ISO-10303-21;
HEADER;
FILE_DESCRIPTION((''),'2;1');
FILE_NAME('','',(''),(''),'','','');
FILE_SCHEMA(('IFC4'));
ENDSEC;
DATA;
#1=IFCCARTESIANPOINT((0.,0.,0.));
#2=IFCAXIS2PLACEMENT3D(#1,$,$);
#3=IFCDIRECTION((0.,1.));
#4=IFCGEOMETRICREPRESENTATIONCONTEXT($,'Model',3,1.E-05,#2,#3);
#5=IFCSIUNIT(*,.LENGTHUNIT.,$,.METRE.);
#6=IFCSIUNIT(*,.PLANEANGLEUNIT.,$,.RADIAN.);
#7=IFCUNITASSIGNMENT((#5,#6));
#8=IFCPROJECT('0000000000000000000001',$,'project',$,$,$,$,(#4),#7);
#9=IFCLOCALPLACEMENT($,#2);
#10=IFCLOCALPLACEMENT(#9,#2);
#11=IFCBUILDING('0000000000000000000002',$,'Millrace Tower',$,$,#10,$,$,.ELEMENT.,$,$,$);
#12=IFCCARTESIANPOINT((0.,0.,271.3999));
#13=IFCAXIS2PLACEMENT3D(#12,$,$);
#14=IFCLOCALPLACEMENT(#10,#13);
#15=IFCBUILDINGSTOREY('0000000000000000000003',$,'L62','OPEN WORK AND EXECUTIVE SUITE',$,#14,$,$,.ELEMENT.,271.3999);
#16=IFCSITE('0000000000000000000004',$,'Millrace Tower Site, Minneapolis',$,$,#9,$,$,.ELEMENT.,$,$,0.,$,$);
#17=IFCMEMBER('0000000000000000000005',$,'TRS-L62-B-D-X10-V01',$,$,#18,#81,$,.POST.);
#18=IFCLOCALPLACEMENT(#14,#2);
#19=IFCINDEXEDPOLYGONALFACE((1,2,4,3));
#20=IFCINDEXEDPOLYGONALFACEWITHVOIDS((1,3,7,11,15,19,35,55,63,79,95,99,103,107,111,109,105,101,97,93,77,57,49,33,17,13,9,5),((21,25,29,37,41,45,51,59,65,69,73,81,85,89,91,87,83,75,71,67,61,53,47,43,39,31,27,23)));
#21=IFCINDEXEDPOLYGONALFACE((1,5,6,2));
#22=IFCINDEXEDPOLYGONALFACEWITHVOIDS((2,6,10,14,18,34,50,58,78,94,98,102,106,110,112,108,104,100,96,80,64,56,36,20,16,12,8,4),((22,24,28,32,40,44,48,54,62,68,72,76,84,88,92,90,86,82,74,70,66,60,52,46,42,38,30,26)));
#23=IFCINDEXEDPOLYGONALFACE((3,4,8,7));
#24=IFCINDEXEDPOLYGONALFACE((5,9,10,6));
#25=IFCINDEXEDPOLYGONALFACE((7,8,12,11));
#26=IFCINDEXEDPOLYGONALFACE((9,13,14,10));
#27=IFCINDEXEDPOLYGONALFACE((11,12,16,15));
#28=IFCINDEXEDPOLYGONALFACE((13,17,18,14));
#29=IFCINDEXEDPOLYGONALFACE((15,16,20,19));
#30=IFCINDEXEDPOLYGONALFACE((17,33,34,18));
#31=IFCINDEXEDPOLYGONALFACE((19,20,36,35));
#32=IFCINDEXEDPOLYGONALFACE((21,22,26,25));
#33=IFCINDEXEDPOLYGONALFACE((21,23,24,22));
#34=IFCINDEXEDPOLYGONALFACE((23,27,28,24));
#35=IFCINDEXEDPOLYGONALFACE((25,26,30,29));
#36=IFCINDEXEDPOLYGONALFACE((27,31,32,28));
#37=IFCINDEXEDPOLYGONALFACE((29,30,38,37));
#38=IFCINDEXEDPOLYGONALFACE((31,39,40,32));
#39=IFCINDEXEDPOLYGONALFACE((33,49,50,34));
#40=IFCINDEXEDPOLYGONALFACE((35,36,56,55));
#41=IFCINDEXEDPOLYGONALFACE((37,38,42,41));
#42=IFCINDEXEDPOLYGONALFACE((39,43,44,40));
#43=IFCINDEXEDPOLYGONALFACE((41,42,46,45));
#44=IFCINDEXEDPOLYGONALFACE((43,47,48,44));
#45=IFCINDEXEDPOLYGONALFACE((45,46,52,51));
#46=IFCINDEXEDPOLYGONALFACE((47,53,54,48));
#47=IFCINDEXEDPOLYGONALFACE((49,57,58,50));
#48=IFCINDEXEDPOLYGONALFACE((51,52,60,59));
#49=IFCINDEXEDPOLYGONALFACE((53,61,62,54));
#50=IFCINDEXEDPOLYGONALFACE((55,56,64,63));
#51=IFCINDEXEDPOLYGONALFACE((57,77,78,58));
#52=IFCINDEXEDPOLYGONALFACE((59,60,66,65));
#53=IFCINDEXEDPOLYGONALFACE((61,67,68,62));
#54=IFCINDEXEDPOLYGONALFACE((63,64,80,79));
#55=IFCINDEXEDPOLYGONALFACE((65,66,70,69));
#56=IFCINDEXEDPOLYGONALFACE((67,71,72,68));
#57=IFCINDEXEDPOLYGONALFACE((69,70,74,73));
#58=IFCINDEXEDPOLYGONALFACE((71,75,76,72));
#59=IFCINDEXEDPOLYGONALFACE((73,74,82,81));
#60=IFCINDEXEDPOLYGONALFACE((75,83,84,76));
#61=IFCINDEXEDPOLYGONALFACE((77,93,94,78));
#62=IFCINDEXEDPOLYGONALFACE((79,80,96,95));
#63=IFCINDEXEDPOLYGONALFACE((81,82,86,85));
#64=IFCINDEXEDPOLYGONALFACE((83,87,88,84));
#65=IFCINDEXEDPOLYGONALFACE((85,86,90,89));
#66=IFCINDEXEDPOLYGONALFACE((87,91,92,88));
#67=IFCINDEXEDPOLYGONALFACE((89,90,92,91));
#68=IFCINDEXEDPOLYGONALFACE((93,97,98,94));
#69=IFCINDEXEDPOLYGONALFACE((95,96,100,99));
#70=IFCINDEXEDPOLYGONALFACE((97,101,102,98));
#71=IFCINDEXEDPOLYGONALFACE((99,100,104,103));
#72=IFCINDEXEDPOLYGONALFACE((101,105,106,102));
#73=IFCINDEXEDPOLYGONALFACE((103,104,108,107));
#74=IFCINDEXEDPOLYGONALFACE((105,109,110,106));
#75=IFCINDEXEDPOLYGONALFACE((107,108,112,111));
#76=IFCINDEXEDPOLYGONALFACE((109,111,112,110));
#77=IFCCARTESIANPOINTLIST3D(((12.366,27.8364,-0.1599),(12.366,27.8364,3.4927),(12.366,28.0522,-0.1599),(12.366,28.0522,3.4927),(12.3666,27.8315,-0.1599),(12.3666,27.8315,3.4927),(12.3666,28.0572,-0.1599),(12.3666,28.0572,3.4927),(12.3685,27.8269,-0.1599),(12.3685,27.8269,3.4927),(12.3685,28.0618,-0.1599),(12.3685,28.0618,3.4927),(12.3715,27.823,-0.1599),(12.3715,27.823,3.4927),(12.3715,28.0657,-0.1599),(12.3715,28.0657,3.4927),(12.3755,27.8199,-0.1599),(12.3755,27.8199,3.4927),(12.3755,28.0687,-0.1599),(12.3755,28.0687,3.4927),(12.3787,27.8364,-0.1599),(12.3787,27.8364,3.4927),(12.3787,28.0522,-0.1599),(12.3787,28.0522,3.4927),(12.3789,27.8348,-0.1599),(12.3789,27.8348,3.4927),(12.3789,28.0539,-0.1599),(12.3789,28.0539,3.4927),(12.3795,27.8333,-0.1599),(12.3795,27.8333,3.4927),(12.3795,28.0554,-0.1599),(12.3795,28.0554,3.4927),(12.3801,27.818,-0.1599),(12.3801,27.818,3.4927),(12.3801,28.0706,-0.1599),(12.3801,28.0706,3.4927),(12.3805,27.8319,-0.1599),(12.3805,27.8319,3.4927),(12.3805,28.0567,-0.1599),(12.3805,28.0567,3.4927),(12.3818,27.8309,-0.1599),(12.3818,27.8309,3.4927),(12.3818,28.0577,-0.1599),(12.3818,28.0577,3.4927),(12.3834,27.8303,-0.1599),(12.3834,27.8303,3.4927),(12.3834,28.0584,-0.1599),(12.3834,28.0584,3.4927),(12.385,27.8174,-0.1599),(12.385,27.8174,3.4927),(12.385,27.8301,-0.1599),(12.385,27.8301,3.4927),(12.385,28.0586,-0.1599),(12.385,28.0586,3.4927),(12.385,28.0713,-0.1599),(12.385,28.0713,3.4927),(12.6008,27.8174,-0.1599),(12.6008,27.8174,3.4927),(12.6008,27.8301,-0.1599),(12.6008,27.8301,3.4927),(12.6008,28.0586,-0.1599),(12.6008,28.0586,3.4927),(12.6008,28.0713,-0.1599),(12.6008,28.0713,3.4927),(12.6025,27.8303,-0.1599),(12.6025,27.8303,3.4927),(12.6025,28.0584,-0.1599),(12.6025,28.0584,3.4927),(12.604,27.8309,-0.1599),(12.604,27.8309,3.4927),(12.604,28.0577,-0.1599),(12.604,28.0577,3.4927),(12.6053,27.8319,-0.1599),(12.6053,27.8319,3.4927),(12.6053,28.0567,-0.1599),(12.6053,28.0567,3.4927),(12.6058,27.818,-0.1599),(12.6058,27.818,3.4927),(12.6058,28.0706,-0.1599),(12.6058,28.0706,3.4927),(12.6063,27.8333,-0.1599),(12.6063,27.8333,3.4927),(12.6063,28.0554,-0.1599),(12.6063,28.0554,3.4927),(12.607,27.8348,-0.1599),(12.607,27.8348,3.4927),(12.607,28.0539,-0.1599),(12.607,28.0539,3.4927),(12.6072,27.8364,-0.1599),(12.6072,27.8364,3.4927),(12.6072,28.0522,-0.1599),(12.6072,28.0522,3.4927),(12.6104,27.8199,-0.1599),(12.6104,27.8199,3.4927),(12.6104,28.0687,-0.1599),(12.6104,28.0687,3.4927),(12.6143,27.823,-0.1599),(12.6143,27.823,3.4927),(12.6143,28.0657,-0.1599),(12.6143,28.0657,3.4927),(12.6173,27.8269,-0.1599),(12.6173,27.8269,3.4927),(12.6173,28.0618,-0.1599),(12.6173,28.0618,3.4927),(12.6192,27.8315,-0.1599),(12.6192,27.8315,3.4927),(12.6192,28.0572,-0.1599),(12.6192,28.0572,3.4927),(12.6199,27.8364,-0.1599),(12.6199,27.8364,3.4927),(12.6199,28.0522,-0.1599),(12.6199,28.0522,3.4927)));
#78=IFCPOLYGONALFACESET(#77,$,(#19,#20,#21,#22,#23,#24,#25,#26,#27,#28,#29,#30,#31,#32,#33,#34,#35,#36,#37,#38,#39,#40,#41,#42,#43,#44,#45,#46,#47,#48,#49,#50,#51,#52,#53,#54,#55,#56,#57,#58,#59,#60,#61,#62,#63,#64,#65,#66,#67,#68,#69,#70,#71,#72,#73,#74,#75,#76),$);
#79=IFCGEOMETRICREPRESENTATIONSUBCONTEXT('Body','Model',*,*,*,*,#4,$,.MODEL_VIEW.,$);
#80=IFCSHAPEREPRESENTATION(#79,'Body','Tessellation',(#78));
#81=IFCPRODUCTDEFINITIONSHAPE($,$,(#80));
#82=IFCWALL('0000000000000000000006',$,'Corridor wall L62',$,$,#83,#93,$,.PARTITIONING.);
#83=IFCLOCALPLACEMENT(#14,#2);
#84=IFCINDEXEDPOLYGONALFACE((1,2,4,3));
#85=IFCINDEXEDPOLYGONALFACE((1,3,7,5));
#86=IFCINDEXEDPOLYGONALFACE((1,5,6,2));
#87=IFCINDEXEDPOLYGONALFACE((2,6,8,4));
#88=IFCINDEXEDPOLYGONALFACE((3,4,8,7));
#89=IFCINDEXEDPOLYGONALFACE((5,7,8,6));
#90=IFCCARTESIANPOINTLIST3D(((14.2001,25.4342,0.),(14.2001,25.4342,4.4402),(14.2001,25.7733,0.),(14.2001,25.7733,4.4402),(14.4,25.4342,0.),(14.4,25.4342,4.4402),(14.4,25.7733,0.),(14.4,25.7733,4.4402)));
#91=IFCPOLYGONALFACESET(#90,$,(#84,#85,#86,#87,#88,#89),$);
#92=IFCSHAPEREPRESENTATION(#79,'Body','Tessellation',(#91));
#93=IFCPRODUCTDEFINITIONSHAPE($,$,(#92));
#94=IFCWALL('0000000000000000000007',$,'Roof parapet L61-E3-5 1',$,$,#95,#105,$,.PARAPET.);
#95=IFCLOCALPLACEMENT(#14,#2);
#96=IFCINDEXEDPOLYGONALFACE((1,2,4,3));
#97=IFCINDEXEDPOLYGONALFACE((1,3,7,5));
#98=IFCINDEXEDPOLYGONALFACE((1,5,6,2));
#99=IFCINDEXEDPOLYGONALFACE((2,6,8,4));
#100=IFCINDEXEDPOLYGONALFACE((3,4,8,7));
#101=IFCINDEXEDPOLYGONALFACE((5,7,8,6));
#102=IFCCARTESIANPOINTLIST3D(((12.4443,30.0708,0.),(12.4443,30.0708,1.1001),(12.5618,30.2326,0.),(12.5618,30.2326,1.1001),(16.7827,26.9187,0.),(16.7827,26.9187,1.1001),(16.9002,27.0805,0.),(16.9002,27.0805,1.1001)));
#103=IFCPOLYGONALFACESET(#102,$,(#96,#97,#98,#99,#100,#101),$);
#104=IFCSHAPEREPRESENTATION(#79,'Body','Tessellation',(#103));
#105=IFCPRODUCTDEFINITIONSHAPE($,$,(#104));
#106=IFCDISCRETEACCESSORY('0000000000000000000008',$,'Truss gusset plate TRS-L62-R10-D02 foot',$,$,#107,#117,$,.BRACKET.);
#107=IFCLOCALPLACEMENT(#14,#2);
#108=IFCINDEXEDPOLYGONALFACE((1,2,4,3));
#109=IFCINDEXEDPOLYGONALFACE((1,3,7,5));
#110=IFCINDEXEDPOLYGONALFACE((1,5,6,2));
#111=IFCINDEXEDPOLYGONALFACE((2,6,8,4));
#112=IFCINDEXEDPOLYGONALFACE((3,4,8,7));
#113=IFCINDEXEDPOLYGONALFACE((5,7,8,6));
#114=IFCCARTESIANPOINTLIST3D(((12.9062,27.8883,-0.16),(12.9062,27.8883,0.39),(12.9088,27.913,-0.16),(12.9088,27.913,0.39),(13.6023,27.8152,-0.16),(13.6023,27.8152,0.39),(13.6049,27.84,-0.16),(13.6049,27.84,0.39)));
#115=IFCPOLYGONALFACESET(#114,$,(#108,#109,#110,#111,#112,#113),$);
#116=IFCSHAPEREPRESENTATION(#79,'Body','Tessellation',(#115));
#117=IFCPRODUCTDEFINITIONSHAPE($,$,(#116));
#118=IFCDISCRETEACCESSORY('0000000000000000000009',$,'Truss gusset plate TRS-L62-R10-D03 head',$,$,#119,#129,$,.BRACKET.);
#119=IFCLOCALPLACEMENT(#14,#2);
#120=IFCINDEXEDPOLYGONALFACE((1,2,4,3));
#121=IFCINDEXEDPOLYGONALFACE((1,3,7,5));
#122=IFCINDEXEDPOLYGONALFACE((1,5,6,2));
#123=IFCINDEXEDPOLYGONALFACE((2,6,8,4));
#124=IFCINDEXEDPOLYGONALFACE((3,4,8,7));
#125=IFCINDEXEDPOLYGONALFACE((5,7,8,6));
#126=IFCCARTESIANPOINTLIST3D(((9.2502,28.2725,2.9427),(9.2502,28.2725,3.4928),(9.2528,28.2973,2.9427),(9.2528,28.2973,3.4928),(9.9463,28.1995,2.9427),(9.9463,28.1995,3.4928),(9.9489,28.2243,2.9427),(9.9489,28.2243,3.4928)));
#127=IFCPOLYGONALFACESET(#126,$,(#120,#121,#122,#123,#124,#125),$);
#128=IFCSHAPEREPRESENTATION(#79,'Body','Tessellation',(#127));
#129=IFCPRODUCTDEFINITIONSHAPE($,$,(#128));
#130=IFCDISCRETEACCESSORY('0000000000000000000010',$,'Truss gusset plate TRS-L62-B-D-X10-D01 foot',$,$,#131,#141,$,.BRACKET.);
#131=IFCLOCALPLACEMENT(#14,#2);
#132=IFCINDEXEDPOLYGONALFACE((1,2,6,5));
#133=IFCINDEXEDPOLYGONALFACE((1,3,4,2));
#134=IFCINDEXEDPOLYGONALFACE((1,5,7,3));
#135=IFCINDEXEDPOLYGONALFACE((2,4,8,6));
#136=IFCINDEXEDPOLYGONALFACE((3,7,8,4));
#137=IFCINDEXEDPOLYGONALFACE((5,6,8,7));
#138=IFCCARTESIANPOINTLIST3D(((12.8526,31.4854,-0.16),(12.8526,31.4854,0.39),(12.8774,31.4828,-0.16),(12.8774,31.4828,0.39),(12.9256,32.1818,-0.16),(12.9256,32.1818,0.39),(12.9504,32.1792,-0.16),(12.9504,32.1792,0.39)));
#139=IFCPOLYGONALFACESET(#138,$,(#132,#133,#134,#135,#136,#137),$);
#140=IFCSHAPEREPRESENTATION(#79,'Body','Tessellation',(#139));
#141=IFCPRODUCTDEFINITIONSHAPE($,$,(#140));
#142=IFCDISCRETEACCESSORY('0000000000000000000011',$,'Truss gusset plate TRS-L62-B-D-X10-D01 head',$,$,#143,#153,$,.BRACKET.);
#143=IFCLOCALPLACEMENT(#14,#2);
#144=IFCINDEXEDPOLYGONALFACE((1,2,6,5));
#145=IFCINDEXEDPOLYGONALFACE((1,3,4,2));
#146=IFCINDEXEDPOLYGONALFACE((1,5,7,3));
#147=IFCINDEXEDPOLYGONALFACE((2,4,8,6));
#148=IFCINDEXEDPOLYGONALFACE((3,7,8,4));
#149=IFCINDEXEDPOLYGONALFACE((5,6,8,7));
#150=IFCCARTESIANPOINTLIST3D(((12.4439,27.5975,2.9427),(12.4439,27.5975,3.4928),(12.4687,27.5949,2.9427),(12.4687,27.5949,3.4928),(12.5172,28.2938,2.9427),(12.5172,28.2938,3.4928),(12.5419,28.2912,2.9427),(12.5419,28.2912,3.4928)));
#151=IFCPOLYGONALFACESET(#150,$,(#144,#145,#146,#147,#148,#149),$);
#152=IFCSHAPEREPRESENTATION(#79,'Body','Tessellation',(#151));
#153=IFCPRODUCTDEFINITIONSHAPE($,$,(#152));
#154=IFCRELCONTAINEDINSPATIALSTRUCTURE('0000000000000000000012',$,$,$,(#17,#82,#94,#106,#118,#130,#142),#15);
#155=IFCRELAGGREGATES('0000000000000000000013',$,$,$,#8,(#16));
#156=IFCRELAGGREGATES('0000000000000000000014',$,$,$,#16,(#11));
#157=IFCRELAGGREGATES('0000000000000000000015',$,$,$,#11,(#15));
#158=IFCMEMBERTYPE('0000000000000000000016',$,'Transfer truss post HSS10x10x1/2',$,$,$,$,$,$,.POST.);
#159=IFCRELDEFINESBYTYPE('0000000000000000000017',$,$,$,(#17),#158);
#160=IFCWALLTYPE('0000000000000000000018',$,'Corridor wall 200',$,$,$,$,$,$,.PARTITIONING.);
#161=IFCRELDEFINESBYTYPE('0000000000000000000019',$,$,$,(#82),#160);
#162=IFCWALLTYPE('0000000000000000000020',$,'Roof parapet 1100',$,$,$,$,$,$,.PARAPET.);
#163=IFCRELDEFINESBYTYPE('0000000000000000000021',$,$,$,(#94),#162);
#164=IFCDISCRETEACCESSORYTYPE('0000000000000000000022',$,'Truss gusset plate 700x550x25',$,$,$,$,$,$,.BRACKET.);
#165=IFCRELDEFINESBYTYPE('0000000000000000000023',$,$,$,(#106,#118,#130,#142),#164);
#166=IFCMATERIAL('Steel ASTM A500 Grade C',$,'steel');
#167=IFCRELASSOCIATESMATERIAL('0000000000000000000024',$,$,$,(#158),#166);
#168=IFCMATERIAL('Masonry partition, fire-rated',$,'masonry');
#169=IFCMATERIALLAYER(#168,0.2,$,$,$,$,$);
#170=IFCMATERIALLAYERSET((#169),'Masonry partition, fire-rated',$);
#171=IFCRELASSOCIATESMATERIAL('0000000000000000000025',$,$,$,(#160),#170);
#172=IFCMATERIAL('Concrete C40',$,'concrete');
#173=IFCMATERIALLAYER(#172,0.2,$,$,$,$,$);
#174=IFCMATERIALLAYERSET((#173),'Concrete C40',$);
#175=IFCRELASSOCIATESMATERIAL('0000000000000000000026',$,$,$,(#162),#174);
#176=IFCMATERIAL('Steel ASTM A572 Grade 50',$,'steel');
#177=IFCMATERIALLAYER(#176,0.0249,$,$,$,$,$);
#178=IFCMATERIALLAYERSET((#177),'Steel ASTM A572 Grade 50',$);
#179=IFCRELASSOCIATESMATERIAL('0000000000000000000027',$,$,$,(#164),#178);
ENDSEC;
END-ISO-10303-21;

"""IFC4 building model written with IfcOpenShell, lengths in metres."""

from ifc_helpers import new_model, si_unit, direction, frame, frame_2d, origin, origin_2d, place, context, subcontext, project, spatial, rectangle, hollow_rectangle, extrude, material, layer, layer_set, material_profile, profile_set, type_object, element, save


model = new_model("IFC4")

# Units and contexts
model_context = context("Model", 3, precision=1e-05, world=origin(), true_north=direction((0.0, 1.0)))
body_context = subcontext(model_context, "Body", "Model", "MODEL_VIEW")
ifc_project = project(units=[si_unit("LENGTHUNIT", "METRE"), si_unit("PLANEANGLEUNIT", "RADIAN")], contexts=[model_context])

# Site, building, storey
site_placement = place(None, origin())
site = spatial("IfcSite", under=ifc_project, at=site_placement, Name="Millrace Tower Site, Minneapolis", CompositionType="ELEMENT", RefElevation=0.0)
building_placement = place(site_placement, origin())
building = spatial("IfcBuilding", under=site, at=building_placement, Name="Millrace Tower", CompositionType="ELEMENT")
storey_placement = place(building_placement, frame((0.0, 0.0, 271.3999)))
storey = spatial("IfcBuildingStorey", under=building, at=storey_placement, Name="L62", Description="OPEN WORK AND EXECUTIVE SUITE", CompositionType="ELEMENT", Elevation=271.3999)

# Member
ifc_material_1 = material(Name="Steel ASTM A500 Grade C", Category="steel")
ifc_material_profile_1 = material_profile(ifc_material_1, hollow_rectangle(XDim=0.2539, YDim=0.2539, WallThickness=0.0127, InnerFilletRadius=0.0063, OuterFilletRadius=0.019, at=origin_2d()))
ifc_profile_set_1 = profile_set([ifc_material_profile_1], Name="Steel ASTM A500 Grade C")
member_type_1 = type_object("IfcMemberType", Name="Transfer truss post HSS10x10x1/2", PredefinedType="POST", material=ifc_profile_set_1)
for number, where, z_axis, x_axis, name in (
    (1, (12.4929, 27.9443, -0.1599), (0.0, 0.0, 1.0), (1.0, 0.0, 0.0), "TRS-L62-B-D-X10-V01"),
):
    element("IfcMember", number, at=place(storey_placement, frame(where, z_axis=z_axis, x_axis=x_axis)), inside=storey, type_object=member_type_1, Name=name, PredefinedType="POST", context=body_context, shape_type="SweptSolid", body=[
        extrude(hollow_rectangle(XDim=0.2539, YDim=0.2539, WallThickness=0.0127, InnerFilletRadius=0.0063, OuterFilletRadius=0.019, at=origin_2d()), origin(), (0.0, 0.0, 1.0), 3.6526),
    ])

# Walls
ifc_material_2 = material(Name="Masonry partition, fire-rated", Category="masonry")
ifc_layer_1 = layer(ifc_material_2, 0.2)
ifc_layer_set_1 = layer_set([ifc_layer_1], Name="Masonry partition, fire-rated")
wall_type_1 = type_object("IfcWallType", Name="Corridor wall 200", PredefinedType="PARTITIONING", material=ifc_layer_set_1)
wall_1_placement = place(storey_placement, frame((14.3, 25.4343, 0.0), z_axis=(0.0, 0.0, 1.0), x_axis=(0.0, 1.0, 0.0)))
element("IfcWall", 2, at=wall_1_placement, inside=storey, type_object=wall_type_1, Name="Corridor wall L62", PredefinedType="PARTITIONING", context=body_context, shape_type="SweptSolid", body=[
    extrude(rectangle(XDim=0.3391, YDim=0.2, at=frame_2d((0.1694, 0.0))), origin(), (0.0, 0.0, 1.0), 4.4402),
])
ifc_material_3 = material(Name="Concrete C40", Category="concrete")
ifc_layer_2 = layer(ifc_material_3, 0.2)
ifc_layer_set_2 = layer_set([ifc_layer_2], Name="Concrete C40")
wall_type_2 = type_object("IfcWallType", Name="Roof parapet 1100", PredefinedType="PARAPET", material=ifc_layer_set_2)
wall_2_placement = place(storey_placement, frame((12.5032, 30.1516, 0.0), z_axis=(0.0, 0.0, 1.0), x_axis=(0.80901, -0.587795, 0.0)))
element("IfcWall", 3, at=wall_2_placement, inside=storey, type_object=wall_type_2, Name="Roof parapet L61-E3-5 1", PredefinedType="PARAPET", context=body_context, shape_type="SweptSolid", body=[
    extrude(rectangle(XDim=5.3625, YDim=0.2, at=frame_2d((2.6812, 0.0))), origin(), (0.0, 0.0, 1.0), 1.1001),
])

# Discrete accessories
ifc_material_4 = material(Name="Steel ASTM A572 Grade 50", Category="steel")
ifc_layer_3 = layer(ifc_material_4, 0.0249)
ifc_layer_set_3 = layer_set([ifc_layer_3], Name="Steel ASTM A572 Grade 50")
discrete_accessory_type = type_object("IfcDiscreteAccessoryType", Name="Truss gusset plate 700x550x25", PredefinedType="BRACKET", material=ifc_layer_set_3)
for number, where, z_axis, x_axis, name in (
    (4, (12.9075, 27.9006, 0.115), (0.994546, -0.104303, 0.0), (0.104303, 0.994546, 0.0), "Truss gusset plate TRS-L62-R10-D02 foot"),
    (5, (9.2515, 28.2849, 3.2178), (0.994546, -0.104303, 0.0), (0.104303, 0.994546, 0.0), "Truss gusset plate TRS-L62-R10-D03 head"),
):
    element("IfcDiscreteAccessory", number, at=place(storey_placement, frame(where, z_axis=z_axis, x_axis=x_axis)), inside=storey, type_object=discrete_accessory_type, Name=name, PredefinedType="BRACKET", context=body_context, shape_type="SweptSolid", body=[
        extrude(rectangle(XDim=0.0249, YDim=0.55, at=origin_2d()), origin(), (0.0, 0.0, 1.0), 0.7),
    ])
for number, where, z_axis, x_axis, name in (
    (6, (12.865, 31.4841, 0.115), (0.104267, 0.994549, 0.0), (-0.994549, 0.104267, 0.0), "Truss gusset plate TRS-L62-B-D-X10-D01 foot"),
    (7, (12.4563, 27.5962, 3.2178), (0.104612, 0.994513, 0.0), (-0.994513, 0.104612, 0.0), "Truss gusset plate TRS-L62-B-D-X10-D01 head"),
):
    element("IfcDiscreteAccessory", number, at=place(storey_placement, frame(where, z_axis=z_axis, x_axis=x_axis)), inside=storey, type_object=discrete_accessory_type, Name=name, PredefinedType="BRACKET", context=body_context, shape_type="SweptSolid", body=[
        extrude(rectangle(XDim=0.0249, YDim=0.55, at=origin_2d()), origin(), (0.0, 0.0, 1.0), 0.7002),
    ])

save(model, "model.ifc")
